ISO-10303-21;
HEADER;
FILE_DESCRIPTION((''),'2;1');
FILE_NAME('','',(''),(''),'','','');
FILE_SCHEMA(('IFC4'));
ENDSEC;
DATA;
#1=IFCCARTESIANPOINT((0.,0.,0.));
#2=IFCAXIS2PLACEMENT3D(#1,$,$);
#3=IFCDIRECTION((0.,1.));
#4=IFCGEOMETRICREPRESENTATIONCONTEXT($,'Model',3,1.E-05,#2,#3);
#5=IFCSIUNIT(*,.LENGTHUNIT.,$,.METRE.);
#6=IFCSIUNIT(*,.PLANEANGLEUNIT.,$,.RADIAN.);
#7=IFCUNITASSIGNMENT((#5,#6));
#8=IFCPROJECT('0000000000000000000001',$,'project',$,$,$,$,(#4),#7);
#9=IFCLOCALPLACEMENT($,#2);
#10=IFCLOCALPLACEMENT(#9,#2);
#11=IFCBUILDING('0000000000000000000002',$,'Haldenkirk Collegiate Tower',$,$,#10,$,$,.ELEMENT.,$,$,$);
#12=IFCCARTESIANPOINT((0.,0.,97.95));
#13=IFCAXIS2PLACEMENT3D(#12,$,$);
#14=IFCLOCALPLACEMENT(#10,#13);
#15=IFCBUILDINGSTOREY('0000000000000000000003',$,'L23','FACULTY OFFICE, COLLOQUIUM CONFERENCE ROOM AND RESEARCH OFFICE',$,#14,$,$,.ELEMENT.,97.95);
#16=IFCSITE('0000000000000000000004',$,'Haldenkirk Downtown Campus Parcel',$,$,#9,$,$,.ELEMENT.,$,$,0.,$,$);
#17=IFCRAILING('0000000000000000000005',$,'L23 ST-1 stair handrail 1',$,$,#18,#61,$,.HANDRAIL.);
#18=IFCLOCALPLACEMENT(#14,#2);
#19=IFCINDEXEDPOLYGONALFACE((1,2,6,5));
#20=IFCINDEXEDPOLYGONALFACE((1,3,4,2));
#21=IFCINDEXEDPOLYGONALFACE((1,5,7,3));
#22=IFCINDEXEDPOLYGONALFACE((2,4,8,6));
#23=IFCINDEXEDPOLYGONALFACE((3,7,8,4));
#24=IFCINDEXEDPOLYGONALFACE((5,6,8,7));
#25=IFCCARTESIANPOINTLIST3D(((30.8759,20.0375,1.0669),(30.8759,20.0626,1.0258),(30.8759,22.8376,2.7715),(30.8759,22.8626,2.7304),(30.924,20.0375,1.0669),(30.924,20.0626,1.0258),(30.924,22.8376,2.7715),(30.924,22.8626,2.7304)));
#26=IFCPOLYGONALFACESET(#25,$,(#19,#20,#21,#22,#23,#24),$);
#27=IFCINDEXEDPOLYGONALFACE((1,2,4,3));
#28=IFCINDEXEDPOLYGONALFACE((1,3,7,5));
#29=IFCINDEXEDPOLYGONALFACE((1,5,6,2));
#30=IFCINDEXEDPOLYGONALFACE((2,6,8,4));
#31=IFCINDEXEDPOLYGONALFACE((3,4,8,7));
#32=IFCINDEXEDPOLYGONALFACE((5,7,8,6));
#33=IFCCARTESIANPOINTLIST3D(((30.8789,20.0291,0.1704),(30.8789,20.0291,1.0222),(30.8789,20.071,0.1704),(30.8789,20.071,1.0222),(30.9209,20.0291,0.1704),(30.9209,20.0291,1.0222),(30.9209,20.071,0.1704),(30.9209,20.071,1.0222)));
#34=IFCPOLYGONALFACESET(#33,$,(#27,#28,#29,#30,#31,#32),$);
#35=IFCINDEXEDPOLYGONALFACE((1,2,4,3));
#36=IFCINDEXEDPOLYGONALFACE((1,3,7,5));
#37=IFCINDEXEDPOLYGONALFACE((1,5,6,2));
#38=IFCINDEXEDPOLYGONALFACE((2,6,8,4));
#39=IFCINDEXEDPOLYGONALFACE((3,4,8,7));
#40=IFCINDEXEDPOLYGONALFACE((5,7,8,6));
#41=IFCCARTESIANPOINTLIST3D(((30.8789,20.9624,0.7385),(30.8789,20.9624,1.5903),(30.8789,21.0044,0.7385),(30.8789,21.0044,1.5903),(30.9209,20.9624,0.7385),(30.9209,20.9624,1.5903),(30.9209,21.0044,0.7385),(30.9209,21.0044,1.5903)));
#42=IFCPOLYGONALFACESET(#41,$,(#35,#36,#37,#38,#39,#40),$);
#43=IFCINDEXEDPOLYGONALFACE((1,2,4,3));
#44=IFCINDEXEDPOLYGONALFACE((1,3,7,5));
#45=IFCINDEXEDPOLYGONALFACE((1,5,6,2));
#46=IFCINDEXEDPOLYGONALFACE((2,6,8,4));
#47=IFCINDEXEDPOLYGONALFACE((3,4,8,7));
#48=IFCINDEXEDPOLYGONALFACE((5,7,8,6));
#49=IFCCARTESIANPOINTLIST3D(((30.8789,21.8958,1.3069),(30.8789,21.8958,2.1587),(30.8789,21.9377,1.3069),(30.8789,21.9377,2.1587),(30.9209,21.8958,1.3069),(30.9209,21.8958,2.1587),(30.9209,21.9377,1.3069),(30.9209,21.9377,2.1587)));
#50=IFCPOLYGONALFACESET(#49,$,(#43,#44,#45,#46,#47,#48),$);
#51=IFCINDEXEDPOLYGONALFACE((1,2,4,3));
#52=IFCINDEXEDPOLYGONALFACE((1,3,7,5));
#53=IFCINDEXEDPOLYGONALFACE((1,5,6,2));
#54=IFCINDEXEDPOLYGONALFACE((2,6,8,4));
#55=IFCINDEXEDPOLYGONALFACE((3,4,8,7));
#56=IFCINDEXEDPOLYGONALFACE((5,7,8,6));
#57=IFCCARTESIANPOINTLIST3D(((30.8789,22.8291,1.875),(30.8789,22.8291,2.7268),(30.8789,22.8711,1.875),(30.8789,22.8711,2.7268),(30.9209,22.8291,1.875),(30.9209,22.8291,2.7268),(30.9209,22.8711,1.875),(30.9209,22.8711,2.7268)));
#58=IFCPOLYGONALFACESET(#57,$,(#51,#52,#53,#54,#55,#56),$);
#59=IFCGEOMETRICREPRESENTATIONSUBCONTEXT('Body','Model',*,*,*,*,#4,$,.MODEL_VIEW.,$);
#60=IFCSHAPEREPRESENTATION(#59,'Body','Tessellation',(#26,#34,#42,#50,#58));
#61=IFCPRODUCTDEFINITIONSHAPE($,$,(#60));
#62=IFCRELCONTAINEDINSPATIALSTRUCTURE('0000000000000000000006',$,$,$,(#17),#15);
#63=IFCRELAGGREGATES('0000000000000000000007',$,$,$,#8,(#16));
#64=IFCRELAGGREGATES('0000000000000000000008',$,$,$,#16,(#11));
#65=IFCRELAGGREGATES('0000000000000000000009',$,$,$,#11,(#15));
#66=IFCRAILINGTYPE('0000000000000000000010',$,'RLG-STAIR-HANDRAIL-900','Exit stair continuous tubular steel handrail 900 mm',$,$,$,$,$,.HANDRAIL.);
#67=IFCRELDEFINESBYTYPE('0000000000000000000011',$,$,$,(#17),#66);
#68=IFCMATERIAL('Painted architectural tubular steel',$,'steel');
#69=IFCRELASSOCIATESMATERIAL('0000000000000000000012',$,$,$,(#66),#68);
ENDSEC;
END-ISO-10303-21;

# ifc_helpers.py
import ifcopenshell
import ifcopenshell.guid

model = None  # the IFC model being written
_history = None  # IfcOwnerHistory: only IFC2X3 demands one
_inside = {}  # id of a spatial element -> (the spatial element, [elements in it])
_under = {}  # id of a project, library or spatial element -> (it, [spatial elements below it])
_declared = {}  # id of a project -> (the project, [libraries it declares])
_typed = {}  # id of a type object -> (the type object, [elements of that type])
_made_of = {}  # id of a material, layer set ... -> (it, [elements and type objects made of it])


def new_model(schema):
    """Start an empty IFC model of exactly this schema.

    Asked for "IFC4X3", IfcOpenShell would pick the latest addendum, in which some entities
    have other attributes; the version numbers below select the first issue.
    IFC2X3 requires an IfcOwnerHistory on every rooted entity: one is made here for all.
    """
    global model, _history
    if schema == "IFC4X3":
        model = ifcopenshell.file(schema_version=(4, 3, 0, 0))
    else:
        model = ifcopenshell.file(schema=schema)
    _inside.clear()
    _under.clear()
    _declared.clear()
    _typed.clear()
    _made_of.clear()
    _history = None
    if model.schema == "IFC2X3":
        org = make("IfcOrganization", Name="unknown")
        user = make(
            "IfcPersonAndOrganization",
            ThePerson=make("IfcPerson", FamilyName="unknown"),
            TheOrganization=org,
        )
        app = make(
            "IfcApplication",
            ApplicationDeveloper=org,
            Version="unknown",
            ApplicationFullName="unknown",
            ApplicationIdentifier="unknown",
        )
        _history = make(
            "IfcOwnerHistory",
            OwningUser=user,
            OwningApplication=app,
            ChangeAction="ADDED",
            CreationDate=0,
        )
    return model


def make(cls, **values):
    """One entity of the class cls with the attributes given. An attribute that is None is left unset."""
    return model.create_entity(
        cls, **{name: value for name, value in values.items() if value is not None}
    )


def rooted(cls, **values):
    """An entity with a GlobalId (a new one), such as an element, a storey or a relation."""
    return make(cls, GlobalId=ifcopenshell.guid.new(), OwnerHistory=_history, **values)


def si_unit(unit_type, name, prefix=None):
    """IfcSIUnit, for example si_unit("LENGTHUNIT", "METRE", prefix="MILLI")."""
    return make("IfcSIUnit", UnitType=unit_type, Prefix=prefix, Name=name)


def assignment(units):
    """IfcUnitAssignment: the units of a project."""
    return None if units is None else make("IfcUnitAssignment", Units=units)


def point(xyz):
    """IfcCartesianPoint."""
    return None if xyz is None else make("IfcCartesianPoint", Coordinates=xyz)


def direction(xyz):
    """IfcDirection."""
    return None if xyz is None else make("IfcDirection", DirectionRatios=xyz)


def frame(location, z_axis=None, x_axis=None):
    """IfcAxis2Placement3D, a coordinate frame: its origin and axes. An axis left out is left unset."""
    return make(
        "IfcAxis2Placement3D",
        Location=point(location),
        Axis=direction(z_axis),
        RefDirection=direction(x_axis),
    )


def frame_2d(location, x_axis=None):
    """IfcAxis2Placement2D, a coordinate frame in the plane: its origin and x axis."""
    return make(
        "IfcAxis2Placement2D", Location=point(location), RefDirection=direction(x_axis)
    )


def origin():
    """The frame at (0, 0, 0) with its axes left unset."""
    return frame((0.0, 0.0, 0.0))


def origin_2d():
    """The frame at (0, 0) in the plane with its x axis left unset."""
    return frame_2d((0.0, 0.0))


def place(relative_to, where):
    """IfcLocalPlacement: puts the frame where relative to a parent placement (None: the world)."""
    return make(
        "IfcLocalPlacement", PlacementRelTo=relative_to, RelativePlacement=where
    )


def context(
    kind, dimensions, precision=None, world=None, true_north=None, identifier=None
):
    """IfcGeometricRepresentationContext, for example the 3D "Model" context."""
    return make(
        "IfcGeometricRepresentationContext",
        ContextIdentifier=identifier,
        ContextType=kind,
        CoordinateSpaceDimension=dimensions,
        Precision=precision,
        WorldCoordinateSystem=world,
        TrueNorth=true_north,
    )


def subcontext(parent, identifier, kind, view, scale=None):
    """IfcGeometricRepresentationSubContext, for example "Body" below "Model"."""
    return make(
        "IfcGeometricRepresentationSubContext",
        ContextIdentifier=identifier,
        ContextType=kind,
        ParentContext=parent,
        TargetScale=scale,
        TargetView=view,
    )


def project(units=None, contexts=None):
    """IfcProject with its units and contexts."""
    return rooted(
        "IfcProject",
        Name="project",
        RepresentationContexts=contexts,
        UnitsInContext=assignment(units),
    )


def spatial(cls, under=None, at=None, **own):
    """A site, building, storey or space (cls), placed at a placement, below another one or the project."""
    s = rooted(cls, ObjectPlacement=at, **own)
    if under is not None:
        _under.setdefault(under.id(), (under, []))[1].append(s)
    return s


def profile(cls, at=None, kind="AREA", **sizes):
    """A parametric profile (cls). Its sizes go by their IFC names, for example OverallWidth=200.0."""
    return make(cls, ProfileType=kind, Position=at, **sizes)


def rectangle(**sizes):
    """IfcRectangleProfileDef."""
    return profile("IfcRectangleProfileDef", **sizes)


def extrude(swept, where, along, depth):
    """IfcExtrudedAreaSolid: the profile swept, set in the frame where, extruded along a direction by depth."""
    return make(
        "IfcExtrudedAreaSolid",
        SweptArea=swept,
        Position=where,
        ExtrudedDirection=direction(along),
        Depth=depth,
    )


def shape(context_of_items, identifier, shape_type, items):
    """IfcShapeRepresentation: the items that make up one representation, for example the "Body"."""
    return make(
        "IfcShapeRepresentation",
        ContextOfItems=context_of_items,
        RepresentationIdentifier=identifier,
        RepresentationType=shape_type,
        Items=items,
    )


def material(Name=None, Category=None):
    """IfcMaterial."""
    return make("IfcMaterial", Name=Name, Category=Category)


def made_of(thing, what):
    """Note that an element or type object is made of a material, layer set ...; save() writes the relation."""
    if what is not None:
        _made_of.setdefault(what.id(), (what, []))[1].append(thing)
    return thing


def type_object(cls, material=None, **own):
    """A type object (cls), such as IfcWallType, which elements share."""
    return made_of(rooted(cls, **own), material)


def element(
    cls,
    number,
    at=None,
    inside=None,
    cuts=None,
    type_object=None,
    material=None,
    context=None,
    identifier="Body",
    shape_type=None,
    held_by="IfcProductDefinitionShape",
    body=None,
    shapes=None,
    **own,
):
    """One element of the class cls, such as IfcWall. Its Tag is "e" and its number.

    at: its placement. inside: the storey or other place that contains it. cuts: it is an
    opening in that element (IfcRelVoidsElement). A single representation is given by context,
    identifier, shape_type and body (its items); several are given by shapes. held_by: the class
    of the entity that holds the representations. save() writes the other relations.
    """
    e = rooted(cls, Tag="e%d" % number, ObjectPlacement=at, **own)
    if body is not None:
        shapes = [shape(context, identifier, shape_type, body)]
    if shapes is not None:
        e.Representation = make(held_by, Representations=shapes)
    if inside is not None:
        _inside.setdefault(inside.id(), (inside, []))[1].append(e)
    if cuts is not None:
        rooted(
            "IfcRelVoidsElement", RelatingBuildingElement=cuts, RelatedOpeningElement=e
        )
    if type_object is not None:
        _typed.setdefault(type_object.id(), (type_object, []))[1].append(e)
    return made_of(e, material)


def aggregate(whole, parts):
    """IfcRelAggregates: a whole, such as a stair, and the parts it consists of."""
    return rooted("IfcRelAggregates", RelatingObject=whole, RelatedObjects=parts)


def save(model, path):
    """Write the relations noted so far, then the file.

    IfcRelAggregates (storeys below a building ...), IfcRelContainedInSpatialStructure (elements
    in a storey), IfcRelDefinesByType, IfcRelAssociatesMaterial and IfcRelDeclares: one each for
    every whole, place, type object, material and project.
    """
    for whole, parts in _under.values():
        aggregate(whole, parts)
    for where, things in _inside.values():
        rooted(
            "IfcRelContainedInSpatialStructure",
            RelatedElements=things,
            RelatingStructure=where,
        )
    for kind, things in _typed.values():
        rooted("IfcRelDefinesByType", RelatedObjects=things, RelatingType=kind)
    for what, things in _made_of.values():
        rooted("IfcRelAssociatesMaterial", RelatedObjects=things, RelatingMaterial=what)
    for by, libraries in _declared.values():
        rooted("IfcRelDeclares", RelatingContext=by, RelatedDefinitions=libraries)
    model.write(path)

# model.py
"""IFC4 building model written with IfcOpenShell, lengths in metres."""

from ifc_helpers import new_model, si_unit, direction, frame, origin, origin_2d, place, context, subcontext, project, spatial, rectangle, extrude, material, type_object, element, save


model = new_model("IFC4")

# Units and contexts
model_context = context("Model", 3, precision=1e-05, world=origin(), true_north=direction((0.0, 1.0)))
body_context = subcontext(model_context, "Body", "Model", "MODEL_VIEW")
ifc_project = project(units=[si_unit("LENGTHUNIT", "METRE"), si_unit("PLANEANGLEUNIT", "RADIAN")], contexts=[model_context])

# Site, building, storey
site_placement = place(None, origin())
site = spatial("IfcSite", under=ifc_project, at=site_placement, Name="Haldenkirk Downtown Campus Parcel", CompositionType="ELEMENT", RefElevation=0.0)
building_placement = place(site_placement, origin())
building = spatial("IfcBuilding", under=site, at=building_placement, Name="Haldenkirk Collegiate Tower", CompositionType="ELEMENT")
storey_placement = place(building_placement, frame((0.0, 0.0, 97.95)))
storey = spatial("IfcBuildingStorey", under=building, at=storey_placement, Name="L23", Description="FACULTY OFFICE, COLLOQUIUM CONFERENCE ROOM AND RESEARCH OFFICE", CompositionType="ELEMENT", Elevation=97.95)

# Railing
ifc_material_1 = material(Name="Painted architectural tubular steel", Category="steel")
railing_type_1 = type_object("IfcRailingType", Name="RLG-STAIR-HANDRAIL-900", Description="Exit stair continuous tubular steel handrail 900 mm", PredefinedType="HANDRAIL", material=ifc_material_1)
railing_1_placement = place(storey_placement, frame((30.8999, 20.05, 0.1704)))
element("IfcRailing", 1, at=railing_1_placement, inside=storey, type_object=railing_type_1, Name="L23 ST-1 stair handrail 1", PredefinedType="HANDRAIL", context=body_context, shape_type="SweptSolid", body=[
    extrude(rectangle(XDim=0.0481, YDim=0.0481, at=origin_2d()), frame((0.0, 0.0, 0.876), z_axis=(0.0, 0.85417, 0.519994), x_axis=(-1.0, 0.0, 0.0)), (0.0, 0.0, 1.0), 3.2781),
    extrude(rectangle(XDim=0.042, YDim=0.042, at=origin_2d()), origin(), (0.0, 0.0, 1.0), 0.8518),
    extrude(rectangle(XDim=0.042, YDim=0.042, at=origin_2d()), frame((0.0, 0.9333, 0.5681)), (0.0, 0.0, 1.0), 0.8518),
    extrude(rectangle(XDim=0.042, YDim=0.042, at=origin_2d()), frame((0.0, 1.8667, 1.1365)), (0.0, 0.0, 1.0), 0.8518),
    extrude(rectangle(XDim=0.042, YDim=0.042, at=origin_2d()), frame((0.0, 2.8, 1.7046)), (0.0, 0.0, 1.0), 0.8518),
])

save(model, "model.ifc")
